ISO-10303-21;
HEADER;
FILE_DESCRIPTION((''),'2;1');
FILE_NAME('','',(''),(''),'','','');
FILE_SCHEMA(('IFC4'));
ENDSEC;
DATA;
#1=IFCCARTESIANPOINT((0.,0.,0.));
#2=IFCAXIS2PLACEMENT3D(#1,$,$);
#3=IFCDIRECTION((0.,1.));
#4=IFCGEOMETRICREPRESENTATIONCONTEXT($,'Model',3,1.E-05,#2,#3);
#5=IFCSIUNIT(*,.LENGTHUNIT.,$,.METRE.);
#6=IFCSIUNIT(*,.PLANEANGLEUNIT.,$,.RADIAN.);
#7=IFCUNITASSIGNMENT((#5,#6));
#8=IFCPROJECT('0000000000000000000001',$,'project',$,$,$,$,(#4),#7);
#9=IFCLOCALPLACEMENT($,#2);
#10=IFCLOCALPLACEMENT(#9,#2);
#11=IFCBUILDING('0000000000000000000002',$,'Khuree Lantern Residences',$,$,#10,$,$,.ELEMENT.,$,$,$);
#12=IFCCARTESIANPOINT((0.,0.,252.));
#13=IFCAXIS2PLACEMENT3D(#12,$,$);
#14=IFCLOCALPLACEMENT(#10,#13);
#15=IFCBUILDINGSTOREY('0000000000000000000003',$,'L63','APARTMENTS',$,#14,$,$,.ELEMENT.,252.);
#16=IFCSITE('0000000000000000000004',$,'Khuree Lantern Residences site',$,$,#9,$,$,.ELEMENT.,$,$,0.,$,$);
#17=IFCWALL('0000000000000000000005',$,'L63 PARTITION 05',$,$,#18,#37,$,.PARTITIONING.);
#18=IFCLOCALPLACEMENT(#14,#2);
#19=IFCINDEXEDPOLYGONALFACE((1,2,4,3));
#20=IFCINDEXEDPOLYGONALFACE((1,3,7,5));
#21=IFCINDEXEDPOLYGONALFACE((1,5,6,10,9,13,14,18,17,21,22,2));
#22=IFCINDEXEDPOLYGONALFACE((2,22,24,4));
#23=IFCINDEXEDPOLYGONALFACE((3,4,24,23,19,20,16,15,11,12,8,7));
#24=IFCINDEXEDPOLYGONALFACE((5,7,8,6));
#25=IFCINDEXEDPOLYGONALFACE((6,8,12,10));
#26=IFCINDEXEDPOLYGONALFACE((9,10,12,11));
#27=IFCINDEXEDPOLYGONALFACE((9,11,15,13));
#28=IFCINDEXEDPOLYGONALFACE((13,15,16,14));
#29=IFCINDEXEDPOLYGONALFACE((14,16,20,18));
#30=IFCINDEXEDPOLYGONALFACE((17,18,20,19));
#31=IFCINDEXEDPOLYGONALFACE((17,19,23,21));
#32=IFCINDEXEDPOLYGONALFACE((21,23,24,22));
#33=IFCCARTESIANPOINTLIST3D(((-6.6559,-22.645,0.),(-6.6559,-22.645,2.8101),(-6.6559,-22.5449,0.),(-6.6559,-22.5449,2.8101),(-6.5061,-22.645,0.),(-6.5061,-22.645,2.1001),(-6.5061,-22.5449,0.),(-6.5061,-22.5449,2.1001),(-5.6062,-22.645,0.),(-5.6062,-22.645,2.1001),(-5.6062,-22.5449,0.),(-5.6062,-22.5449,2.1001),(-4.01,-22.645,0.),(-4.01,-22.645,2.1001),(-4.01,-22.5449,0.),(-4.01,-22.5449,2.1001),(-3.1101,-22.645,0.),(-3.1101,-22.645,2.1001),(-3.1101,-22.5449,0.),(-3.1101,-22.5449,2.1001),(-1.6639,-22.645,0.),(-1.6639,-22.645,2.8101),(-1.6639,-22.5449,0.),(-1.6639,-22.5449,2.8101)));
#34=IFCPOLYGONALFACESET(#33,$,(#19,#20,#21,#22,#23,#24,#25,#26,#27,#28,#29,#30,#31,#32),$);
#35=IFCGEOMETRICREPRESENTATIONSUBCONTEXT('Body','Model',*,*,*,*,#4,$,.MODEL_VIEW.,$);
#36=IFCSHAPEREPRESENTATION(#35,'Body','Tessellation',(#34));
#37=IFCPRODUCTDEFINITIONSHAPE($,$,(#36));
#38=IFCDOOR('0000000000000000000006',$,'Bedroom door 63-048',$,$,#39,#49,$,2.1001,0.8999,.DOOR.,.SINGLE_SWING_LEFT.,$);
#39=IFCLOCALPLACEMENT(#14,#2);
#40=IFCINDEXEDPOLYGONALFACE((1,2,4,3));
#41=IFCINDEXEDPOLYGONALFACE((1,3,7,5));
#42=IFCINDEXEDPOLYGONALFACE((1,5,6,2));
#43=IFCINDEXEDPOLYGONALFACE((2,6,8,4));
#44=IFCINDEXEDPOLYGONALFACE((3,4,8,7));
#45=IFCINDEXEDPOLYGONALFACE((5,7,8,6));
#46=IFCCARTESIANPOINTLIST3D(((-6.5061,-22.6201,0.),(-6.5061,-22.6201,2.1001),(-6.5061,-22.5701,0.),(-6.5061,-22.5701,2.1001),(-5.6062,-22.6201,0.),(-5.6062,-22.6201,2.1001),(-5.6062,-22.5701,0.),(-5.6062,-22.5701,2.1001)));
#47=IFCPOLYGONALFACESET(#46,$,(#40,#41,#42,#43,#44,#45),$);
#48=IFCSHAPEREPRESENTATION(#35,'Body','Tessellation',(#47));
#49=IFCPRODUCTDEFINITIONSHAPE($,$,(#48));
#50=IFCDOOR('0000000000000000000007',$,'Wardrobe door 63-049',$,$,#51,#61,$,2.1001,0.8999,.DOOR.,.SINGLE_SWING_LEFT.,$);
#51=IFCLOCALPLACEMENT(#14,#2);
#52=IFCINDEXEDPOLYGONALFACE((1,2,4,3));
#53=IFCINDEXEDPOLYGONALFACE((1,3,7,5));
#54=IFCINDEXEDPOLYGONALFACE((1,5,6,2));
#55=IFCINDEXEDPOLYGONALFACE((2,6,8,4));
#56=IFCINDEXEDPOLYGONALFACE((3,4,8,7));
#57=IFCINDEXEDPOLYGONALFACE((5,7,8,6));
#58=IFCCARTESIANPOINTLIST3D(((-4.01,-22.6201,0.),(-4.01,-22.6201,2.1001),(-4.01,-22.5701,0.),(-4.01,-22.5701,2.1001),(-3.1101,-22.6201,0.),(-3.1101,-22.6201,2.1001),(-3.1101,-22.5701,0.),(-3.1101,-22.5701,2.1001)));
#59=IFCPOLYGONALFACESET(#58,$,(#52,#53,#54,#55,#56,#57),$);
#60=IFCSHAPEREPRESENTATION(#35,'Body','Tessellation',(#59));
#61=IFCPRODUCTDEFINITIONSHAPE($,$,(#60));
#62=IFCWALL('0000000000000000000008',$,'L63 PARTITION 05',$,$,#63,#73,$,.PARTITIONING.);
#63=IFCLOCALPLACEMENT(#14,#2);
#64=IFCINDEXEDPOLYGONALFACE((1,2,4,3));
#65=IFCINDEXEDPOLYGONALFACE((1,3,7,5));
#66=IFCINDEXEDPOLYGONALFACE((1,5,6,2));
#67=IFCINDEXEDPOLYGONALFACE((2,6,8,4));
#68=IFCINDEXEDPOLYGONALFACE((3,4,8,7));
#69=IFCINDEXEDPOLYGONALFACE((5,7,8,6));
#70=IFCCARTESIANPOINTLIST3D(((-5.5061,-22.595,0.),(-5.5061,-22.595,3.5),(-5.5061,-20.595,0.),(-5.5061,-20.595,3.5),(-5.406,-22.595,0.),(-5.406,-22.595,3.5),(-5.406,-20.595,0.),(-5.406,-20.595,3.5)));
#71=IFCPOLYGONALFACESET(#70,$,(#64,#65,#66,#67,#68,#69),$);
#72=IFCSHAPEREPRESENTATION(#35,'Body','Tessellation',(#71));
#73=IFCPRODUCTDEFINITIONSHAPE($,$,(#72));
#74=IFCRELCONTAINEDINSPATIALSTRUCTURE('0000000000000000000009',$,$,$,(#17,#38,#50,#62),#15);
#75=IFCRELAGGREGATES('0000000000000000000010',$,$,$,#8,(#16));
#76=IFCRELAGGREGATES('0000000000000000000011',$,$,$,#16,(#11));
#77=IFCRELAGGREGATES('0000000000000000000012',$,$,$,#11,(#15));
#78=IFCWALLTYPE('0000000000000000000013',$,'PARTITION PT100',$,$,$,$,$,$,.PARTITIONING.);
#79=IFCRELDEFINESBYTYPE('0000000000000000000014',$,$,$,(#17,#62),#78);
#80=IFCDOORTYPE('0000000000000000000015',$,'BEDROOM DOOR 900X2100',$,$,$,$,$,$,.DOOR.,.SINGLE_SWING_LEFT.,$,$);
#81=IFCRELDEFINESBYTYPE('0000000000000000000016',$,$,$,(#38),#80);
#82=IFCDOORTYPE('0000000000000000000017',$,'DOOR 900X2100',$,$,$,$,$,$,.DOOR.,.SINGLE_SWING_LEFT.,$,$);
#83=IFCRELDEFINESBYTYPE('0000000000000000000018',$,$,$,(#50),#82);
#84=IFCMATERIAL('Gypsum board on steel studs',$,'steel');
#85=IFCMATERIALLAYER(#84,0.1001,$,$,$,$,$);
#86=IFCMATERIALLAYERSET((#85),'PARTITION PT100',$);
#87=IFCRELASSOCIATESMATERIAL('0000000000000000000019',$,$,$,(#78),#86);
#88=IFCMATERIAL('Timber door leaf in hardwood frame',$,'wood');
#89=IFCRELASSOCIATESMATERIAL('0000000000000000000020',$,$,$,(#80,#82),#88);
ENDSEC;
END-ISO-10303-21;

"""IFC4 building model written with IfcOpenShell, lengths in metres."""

from ifc_helpers import new_model, si_unit, direction, frame, frame_2d, origin, place, context, subcontext, project, spatial, rectangle, extrude, material, layer, layer_set, type_object, element, fill, save


model = new_model("IFC4")

# Units and contexts
model_context = context("Model", 3, precision=1e-05, world=origin(), true_north=direction((0.0, 1.0)))
body_context = subcontext(model_context, "Body", "Model", "MODEL_VIEW")
ifc_project = project(units=[si_unit("LENGTHUNIT", "METRE"), si_unit("PLANEANGLEUNIT", "RADIAN")], contexts=[model_context])

# Site, building, storey
site_placement = place(None, origin())
site = spatial("IfcSite", under=ifc_project, at=site_placement, Name="Khuree Lantern Residences site", CompositionType="ELEMENT", RefElevation=0.0)
building_placement = place(site_placement, origin())
building = spatial("IfcBuilding", under=site, at=building_placement, Name="Khuree Lantern Residences", CompositionType="ELEMENT")
storey_placement = place(building_placement, frame((0.0, 0.0, 252.0)))
storey = spatial("IfcBuildingStorey", under=building, at=storey_placement, Name="L63", Description="APARTMENTS", CompositionType="ELEMENT", Elevation=252.0)

# Shared definitions
ifc_material_1 = material(Name="Gypsum board on steel studs", Category="steel")
ifc_layer_1 = layer(ifc_material_1, 0.1001)
ifc_layer_set_1 = layer_set([ifc_layer_1], Name="PARTITION PT100")
wall_type = type_object("IfcWallType", Name="PARTITION PT100", PredefinedType="PARTITIONING", material=ifc_layer_set_1)

# Shared definitions
ifc_material_2 = material(Name="Timber door leaf in hardwood frame", Category="wood")
door_type_1 = type_object("IfcDoorType", Name="BEDROOM DOOR 900X2100", OperationType="SINGLE_SWING_LEFT", PredefinedType="DOOR", material=ifc_material_2)
door_type_2 = type_object("IfcDoorType", Name="DOOR 900X2100", OperationType="SINGLE_SWING_LEFT", PredefinedType="DOOR", material=ifc_material_2)

# Wall, openings, doors
wall_1_placement = place(storey_placement, frame((-6.656, -22.595, 0.0), z_axis=(0.0, 0.0, 1.0), x_axis=(1.0, 0.0, 0.0)))
wall_1 = element("IfcWall", 1, at=wall_1_placement, inside=storey, type_object=wall_type, Name="L63 PARTITION 05", PredefinedType="PARTITIONING", context=body_context, shape_type="SweptSolid", body=[
    extrude(rectangle(XDim=4.9919, YDim=0.1001, at=frame_2d((2.4961, 0.0))), origin(), (0.0, 0.0, 1.0), 2.8101),
])
opening_1_placement = place(wall_1_placement, frame((0.1499, 0.0, 0.0)))
opening_1 = element("IfcOpeningElement", 2, at=opening_1_placement, cuts=wall_1, PredefinedType="OPENING", context=body_context, shape_type="SweptSolid", body=[
    extrude(rectangle(XDim=0.8999, YDim=2.1001, at=frame_2d((0.45, 1.05))), frame((0.0, 0.0601, 0.0), z_axis=(0.0, -1.0, 0.0), x_axis=(1.0, 0.0, 0.0)), (0.0, 0.0, 1.0), 0.1201),
])
opening_2_placement = place(wall_1_placement, frame((2.646, 0.0, 0.0)))
opening_2 = element("IfcOpeningElement", 3, at=opening_2_placement, cuts=wall_1, PredefinedType="OPENING", context=body_context, shape_type="SweptSolid", body=[
    extrude(rectangle(XDim=0.8999, YDim=2.1001, at=frame_2d((0.45, 1.05))), frame((0.0, 0.0601, 0.0), z_axis=(0.0, -1.0, 0.0), x_axis=(1.0, 0.0, 0.0)), (0.0, 0.0, 1.0), 0.1201),
])
door_1_placement = place(opening_1_placement, origin())
door_1 = element("IfcDoor", 4, at=door_1_placement, inside=storey, type_object=door_type_1, Name="Bedroom door 63-048", OperationType="SINGLE_SWING_LEFT", OverallHeight=2.1001, OverallWidth=0.8999, PredefinedType="DOOR", context=body_context, shape_type="SweptSolid", body=[
    extrude(rectangle(XDim=0.8999, YDim=2.1001, at=frame_2d((0.45, 1.05))), frame((0.0, 0.0249, 0.0), z_axis=(0.0, -1.0, 0.0), x_axis=(1.0, 0.0, 0.0)), (0.0, 0.0, 1.0), 0.05),
])
fill(opening_1, door_1)
door_2_placement = place(opening_2_placement, origin())
door_2 = element("IfcDoor", 5, at=door_2_placement, inside=storey, type_object=door_type_2, Name="Wardrobe door 63-049", OperationType="SINGLE_SWING_LEFT", OverallHeight=2.1001, OverallWidth=0.8999, PredefinedType="DOOR", context=body_context, shape_type="SweptSolid", body=[
    extrude(rectangle(XDim=0.8999, YDim=2.1001, at=frame_2d((0.45, 1.05))), frame((0.0, 0.0249, 0.0), z_axis=(0.0, -1.0, 0.0), x_axis=(1.0, 0.0, 0.0)), (0.0, 0.0, 1.0), 0.05),
])
fill(opening_2, door_2)

# Wall
wall_2_placement = place(storey_placement, frame((-5.4561, -20.595, 0.0), z_axis=(0.0, 0.0, 1.0), x_axis=(0.0, -1.0, 0.0)))
element("IfcWall", 6, at=wall_2_placement, inside=storey, type_object=wall_type, Name="L63 PARTITION 05", PredefinedType="PARTITIONING", context=body_context, shape_type="SweptSolid", body=[
    extrude(rectangle(XDim=2.0, YDim=0.1001, at=frame_2d((1.0, 0.0))), origin(), (0.0, 0.0, 1.0), 3.5),
])

save(model, "model.ifc")
